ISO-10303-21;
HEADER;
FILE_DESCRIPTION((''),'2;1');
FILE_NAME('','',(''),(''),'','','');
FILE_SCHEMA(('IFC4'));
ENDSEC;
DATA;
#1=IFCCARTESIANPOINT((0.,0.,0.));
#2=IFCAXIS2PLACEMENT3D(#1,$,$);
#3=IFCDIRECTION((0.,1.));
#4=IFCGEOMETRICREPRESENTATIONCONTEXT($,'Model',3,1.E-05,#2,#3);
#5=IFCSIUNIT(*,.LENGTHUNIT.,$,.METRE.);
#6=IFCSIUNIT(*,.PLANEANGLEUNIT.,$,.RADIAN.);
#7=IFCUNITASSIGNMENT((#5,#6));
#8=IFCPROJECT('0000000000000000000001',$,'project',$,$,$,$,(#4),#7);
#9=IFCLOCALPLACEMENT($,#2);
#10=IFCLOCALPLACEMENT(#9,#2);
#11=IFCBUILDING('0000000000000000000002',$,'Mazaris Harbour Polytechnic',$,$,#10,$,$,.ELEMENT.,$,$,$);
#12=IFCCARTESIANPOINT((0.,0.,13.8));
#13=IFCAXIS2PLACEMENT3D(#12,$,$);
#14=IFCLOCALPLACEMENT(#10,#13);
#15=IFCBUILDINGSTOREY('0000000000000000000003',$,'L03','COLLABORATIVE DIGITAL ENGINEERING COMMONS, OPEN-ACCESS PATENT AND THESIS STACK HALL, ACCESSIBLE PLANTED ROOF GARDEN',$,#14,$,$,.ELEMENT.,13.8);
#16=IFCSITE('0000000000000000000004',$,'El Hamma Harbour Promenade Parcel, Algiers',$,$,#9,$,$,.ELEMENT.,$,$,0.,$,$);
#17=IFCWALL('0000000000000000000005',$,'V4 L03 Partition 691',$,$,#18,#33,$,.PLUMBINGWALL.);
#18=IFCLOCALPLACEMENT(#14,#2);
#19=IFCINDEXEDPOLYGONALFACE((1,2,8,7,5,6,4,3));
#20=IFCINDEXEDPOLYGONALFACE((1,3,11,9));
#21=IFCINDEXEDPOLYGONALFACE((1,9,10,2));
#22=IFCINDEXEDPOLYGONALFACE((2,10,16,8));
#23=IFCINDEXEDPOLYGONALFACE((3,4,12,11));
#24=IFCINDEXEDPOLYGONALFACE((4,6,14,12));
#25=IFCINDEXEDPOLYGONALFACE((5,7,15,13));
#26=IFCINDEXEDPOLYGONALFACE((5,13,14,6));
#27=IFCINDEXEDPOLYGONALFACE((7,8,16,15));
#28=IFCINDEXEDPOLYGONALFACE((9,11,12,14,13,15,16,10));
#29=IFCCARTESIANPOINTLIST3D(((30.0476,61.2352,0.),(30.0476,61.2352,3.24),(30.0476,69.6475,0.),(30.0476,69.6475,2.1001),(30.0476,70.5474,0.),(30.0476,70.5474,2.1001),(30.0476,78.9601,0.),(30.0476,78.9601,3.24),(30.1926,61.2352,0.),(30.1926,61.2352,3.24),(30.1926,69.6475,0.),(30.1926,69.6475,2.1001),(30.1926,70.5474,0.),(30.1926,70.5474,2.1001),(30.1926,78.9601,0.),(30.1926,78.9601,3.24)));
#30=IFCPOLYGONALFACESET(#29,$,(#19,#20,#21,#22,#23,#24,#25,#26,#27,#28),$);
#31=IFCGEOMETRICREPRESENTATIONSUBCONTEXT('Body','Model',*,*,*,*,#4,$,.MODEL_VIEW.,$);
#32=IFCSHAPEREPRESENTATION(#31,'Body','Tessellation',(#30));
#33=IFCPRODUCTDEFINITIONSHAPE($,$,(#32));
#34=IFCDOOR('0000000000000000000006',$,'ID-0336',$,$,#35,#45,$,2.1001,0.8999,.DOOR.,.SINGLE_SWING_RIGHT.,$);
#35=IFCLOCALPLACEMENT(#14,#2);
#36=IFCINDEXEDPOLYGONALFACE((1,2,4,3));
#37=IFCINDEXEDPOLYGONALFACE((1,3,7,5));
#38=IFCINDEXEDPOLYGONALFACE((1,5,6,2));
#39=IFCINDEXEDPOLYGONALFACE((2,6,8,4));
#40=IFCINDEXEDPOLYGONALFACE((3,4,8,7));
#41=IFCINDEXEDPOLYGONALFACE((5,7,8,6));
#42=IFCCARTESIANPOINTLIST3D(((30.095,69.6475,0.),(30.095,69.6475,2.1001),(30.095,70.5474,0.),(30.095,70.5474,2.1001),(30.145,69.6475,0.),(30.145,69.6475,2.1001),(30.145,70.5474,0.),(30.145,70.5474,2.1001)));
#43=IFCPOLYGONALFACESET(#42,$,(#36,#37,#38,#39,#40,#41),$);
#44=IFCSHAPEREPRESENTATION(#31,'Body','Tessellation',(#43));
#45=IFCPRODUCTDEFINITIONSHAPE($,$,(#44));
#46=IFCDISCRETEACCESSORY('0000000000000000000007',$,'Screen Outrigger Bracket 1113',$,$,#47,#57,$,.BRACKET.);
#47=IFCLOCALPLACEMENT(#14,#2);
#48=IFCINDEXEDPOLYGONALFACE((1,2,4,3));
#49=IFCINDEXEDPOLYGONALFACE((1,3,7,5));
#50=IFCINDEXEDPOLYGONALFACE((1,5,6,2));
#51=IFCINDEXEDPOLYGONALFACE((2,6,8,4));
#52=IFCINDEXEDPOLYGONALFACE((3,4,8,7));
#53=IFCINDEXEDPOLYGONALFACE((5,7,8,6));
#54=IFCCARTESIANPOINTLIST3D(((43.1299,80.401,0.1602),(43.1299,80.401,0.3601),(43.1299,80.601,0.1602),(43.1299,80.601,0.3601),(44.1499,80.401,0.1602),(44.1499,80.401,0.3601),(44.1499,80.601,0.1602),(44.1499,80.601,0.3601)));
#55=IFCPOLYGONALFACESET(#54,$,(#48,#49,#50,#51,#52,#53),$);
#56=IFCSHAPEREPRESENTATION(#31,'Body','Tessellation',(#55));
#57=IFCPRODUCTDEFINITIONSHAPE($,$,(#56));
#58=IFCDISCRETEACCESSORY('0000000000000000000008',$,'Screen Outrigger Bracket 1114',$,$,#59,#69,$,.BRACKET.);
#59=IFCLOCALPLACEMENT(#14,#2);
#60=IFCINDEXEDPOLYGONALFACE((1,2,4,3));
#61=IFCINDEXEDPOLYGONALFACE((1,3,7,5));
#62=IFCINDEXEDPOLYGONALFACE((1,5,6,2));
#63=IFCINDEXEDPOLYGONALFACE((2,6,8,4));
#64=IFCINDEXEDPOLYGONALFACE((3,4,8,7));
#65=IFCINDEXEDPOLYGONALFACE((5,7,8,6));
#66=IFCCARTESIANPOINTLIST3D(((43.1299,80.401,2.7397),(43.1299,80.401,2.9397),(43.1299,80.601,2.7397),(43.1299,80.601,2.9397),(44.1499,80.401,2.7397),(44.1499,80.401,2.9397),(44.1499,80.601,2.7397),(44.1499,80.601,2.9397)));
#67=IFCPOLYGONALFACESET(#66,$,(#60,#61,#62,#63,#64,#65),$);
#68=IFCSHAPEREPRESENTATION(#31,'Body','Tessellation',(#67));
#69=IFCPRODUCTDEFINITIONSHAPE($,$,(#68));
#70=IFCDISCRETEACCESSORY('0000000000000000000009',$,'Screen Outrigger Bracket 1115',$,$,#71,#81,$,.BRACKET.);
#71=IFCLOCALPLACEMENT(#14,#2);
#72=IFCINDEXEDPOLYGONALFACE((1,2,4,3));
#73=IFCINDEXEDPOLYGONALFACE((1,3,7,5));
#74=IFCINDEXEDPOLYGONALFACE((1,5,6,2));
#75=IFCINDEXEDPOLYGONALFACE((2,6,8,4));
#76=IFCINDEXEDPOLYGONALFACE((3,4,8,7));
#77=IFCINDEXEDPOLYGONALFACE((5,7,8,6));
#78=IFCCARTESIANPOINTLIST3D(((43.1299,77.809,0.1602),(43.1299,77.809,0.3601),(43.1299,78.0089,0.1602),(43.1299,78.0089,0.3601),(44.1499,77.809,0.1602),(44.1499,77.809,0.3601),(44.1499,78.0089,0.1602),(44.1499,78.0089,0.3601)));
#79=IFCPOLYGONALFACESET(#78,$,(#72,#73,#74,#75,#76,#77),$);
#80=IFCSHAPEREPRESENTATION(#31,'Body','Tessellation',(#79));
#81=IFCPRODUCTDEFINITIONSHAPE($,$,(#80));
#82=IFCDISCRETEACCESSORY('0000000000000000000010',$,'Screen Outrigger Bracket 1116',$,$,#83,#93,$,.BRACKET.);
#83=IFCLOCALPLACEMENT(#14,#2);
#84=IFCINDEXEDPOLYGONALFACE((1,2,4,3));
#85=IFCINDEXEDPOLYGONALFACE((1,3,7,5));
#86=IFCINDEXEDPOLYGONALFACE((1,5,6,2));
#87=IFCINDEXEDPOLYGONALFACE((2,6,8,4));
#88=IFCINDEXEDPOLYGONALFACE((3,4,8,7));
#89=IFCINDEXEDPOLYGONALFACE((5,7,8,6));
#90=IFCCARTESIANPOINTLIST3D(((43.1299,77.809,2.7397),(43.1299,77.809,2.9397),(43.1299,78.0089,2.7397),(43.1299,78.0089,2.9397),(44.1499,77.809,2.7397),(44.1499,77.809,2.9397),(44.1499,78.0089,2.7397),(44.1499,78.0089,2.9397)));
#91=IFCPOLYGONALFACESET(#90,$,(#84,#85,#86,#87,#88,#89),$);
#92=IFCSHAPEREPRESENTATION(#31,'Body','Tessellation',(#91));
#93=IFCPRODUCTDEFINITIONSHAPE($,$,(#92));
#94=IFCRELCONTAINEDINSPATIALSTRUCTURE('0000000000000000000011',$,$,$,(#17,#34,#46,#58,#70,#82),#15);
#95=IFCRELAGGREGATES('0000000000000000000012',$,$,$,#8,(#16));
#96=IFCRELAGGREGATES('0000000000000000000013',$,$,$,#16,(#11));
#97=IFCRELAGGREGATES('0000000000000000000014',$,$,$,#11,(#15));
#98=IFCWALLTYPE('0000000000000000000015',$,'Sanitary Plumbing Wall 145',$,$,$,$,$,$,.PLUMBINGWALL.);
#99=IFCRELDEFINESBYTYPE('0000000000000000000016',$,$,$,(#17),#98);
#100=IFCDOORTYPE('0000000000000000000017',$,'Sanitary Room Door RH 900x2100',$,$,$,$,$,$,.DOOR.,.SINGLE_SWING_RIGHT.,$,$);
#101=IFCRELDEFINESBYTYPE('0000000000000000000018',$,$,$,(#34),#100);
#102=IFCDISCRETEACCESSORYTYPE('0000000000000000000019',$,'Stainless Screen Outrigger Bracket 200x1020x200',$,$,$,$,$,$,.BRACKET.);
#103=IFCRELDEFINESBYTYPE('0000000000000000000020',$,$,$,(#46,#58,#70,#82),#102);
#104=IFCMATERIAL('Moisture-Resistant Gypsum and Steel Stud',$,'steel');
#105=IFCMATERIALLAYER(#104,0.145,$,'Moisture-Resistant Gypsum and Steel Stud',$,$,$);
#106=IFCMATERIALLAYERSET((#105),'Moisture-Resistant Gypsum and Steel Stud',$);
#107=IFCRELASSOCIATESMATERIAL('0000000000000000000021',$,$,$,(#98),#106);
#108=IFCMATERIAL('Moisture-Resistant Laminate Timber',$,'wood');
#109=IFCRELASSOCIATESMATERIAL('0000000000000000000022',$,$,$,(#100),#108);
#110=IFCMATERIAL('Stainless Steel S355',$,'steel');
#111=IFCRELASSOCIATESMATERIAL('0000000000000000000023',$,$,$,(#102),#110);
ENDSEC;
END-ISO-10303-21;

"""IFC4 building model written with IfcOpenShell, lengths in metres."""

from ifc_helpers import new_model, si_unit, direction, frame, frame_2d, origin, origin_2d, place, context, subcontext, project, spatial, rectangle, extrude, material, layer, layer_set, type_object, element, fill, save


model = new_model("IFC4")

# Units and contexts
model_context = context("Model", 3, precision=1e-05, world=origin(), true_north=direction((0.0, 1.0)))
body_context = subcontext(model_context, "Body", "Model", "MODEL_VIEW")
ifc_project = project(units=[si_unit("LENGTHUNIT", "METRE"), si_unit("PLANEANGLEUNIT", "RADIAN")], contexts=[model_context])

# Site, building, storey
site_placement = place(None, origin())
site = spatial("IfcSite", under=ifc_project, at=site_placement, Name="El Hamma Harbour Promenade Parcel, Algiers", CompositionType="ELEMENT", RefElevation=0.0)
building_placement = place(site_placement, origin())
building = spatial("IfcBuilding", under=site, at=building_placement, Name="Mazaris Harbour Polytechnic", CompositionType="ELEMENT")
storey_placement = place(building_placement, frame((0.0, 0.0, 13.8)))
storey = spatial("IfcBuildingStorey", under=building, at=storey_placement, Name="L03", Description="COLLABORATIVE DIGITAL ENGINEERING COMMONS, OPEN-ACCESS PATENT AND THESIS STACK HALL, ACCESSIBLE PLANTED ROOF GARDEN", CompositionType="ELEMENT", Elevation=13.8)

# Wall, opening, door
ifc_material_1 = material(Name="Moisture-Resistant Gypsum and Steel Stud", Category="steel")
ifc_layer_1 = layer(ifc_material_1, 0.145, Name="Moisture-Resistant Gypsum and Steel Stud")
ifc_layer_set_1 = layer_set([ifc_layer_1], Name="Moisture-Resistant Gypsum and Steel Stud")
wall_type_1 = type_object("IfcWallType", Name="Sanitary Plumbing Wall 145", PredefinedType="PLUMBINGWALL", material=ifc_layer_set_1)
wall_1_placement = place(storey_placement, frame((30.1201, 78.96, 0.0), z_axis=(0.0, 0.0, 1.0), x_axis=(0.0, -1.0, 0.0)))
wall_1 = element("IfcWall", 1, at=wall_1_placement, inside=storey, type_object=wall_type_1, Name="V4 L03 Partition 691", PredefinedType="PLUMBINGWALL", context=body_context, shape_type="SweptSolid", body=[
    extrude(rectangle(XDim=17.7249, YDim=0.145, at=frame_2d((8.8623, 0.0))), origin(), (0.0, 0.0, 1.0), 3.24),
])
opening_1_placement = place(wall_1_placement, frame((8.4126, 0.0, 0.0)))
opening_1 = element("IfcOpeningElement", 2, at=opening_1_placement, cuts=wall_1, PredefinedType="OPENING", context=body_context, shape_type="SweptSolid", body=[
    extrude(rectangle(XDim=0.8999, YDim=2.1001, at=frame_2d((0.45, 1.05))), frame((0.0, 0.0825, 0.0), z_axis=(0.0, -1.0, 0.0), x_axis=(1.0, 0.0, 0.0)), (0.0, 0.0, 1.0), 0.165),
])
ifc_material_2 = material(Name="Moisture-Resistant Laminate Timber", Category="wood")
door_type_1 = type_object("IfcDoorType", Name="Sanitary Room Door RH 900x2100", OperationType="SINGLE_SWING_RIGHT", PredefinedType="DOOR", material=ifc_material_2)
door_1_placement = place(opening_1_placement, origin())
door_1 = element("IfcDoor", 3, at=door_1_placement, inside=storey, type_object=door_type_1, Name="ID-0336", OperationType="SINGLE_SWING_RIGHT", OverallHeight=2.1001, OverallWidth=0.8999, PredefinedType="DOOR", context=body_context, shape_type="SweptSolid", body=[
    extrude(rectangle(XDim=0.8999, YDim=2.1001, at=frame_2d((0.45, 1.05))), frame((0.0, 0.0249, 0.0), z_axis=(0.0, -1.0, 0.0), x_axis=(1.0, 0.0, 0.0)), (0.0, 0.0, 1.0), 0.05),
])
fill(opening_1, door_1)

# Discrete accessories
ifc_material_3 = material(Name="Stainless Steel S355", Category="steel")
discrete_accessory_type = type_object("IfcDiscreteAccessoryType", Name="Stainless Screen Outrigger Bracket 200x1020x200", PredefinedType="BRACKET", material=ifc_material_3)
for number, where, z_axis, x_axis, name in (
    (4, (43.6399, 80.501, 0.1602), (0.0, 0.0, 1.0), (0.0, -1.0, 0.0), "Screen Outrigger Bracket 1113"),
    (5, (43.6399, 80.501, 2.7397), (0.0, 0.0, 1.0), (0.0, -1.0, 0.0), "Screen Outrigger Bracket 1114"),
    (6, (43.6399, 77.9089, 0.1602), (0.0, 0.0, 1.0), (0.0, -1.0, 0.0), "Screen Outrigger Bracket 1115"),
    (7, (43.6399, 77.9089, 2.7397), (0.0, 0.0, 1.0), (0.0, -1.0, 0.0), "Screen Outrigger Bracket 1116"),
):
    element("IfcDiscreteAccessory", number, at=place(storey_placement, frame(where, z_axis=z_axis, x_axis=x_axis)), inside=storey, type_object=discrete_accessory_type, Name=name, PredefinedType="BRACKET", context=body_context, shape_type="SweptSolid", body=[
        extrude(rectangle(XDim=0.2, YDim=1.02, at=origin_2d()), origin(), (0.0, 0.0, 1.0), 0.2),
    ])

save(model, "model.ifc")
